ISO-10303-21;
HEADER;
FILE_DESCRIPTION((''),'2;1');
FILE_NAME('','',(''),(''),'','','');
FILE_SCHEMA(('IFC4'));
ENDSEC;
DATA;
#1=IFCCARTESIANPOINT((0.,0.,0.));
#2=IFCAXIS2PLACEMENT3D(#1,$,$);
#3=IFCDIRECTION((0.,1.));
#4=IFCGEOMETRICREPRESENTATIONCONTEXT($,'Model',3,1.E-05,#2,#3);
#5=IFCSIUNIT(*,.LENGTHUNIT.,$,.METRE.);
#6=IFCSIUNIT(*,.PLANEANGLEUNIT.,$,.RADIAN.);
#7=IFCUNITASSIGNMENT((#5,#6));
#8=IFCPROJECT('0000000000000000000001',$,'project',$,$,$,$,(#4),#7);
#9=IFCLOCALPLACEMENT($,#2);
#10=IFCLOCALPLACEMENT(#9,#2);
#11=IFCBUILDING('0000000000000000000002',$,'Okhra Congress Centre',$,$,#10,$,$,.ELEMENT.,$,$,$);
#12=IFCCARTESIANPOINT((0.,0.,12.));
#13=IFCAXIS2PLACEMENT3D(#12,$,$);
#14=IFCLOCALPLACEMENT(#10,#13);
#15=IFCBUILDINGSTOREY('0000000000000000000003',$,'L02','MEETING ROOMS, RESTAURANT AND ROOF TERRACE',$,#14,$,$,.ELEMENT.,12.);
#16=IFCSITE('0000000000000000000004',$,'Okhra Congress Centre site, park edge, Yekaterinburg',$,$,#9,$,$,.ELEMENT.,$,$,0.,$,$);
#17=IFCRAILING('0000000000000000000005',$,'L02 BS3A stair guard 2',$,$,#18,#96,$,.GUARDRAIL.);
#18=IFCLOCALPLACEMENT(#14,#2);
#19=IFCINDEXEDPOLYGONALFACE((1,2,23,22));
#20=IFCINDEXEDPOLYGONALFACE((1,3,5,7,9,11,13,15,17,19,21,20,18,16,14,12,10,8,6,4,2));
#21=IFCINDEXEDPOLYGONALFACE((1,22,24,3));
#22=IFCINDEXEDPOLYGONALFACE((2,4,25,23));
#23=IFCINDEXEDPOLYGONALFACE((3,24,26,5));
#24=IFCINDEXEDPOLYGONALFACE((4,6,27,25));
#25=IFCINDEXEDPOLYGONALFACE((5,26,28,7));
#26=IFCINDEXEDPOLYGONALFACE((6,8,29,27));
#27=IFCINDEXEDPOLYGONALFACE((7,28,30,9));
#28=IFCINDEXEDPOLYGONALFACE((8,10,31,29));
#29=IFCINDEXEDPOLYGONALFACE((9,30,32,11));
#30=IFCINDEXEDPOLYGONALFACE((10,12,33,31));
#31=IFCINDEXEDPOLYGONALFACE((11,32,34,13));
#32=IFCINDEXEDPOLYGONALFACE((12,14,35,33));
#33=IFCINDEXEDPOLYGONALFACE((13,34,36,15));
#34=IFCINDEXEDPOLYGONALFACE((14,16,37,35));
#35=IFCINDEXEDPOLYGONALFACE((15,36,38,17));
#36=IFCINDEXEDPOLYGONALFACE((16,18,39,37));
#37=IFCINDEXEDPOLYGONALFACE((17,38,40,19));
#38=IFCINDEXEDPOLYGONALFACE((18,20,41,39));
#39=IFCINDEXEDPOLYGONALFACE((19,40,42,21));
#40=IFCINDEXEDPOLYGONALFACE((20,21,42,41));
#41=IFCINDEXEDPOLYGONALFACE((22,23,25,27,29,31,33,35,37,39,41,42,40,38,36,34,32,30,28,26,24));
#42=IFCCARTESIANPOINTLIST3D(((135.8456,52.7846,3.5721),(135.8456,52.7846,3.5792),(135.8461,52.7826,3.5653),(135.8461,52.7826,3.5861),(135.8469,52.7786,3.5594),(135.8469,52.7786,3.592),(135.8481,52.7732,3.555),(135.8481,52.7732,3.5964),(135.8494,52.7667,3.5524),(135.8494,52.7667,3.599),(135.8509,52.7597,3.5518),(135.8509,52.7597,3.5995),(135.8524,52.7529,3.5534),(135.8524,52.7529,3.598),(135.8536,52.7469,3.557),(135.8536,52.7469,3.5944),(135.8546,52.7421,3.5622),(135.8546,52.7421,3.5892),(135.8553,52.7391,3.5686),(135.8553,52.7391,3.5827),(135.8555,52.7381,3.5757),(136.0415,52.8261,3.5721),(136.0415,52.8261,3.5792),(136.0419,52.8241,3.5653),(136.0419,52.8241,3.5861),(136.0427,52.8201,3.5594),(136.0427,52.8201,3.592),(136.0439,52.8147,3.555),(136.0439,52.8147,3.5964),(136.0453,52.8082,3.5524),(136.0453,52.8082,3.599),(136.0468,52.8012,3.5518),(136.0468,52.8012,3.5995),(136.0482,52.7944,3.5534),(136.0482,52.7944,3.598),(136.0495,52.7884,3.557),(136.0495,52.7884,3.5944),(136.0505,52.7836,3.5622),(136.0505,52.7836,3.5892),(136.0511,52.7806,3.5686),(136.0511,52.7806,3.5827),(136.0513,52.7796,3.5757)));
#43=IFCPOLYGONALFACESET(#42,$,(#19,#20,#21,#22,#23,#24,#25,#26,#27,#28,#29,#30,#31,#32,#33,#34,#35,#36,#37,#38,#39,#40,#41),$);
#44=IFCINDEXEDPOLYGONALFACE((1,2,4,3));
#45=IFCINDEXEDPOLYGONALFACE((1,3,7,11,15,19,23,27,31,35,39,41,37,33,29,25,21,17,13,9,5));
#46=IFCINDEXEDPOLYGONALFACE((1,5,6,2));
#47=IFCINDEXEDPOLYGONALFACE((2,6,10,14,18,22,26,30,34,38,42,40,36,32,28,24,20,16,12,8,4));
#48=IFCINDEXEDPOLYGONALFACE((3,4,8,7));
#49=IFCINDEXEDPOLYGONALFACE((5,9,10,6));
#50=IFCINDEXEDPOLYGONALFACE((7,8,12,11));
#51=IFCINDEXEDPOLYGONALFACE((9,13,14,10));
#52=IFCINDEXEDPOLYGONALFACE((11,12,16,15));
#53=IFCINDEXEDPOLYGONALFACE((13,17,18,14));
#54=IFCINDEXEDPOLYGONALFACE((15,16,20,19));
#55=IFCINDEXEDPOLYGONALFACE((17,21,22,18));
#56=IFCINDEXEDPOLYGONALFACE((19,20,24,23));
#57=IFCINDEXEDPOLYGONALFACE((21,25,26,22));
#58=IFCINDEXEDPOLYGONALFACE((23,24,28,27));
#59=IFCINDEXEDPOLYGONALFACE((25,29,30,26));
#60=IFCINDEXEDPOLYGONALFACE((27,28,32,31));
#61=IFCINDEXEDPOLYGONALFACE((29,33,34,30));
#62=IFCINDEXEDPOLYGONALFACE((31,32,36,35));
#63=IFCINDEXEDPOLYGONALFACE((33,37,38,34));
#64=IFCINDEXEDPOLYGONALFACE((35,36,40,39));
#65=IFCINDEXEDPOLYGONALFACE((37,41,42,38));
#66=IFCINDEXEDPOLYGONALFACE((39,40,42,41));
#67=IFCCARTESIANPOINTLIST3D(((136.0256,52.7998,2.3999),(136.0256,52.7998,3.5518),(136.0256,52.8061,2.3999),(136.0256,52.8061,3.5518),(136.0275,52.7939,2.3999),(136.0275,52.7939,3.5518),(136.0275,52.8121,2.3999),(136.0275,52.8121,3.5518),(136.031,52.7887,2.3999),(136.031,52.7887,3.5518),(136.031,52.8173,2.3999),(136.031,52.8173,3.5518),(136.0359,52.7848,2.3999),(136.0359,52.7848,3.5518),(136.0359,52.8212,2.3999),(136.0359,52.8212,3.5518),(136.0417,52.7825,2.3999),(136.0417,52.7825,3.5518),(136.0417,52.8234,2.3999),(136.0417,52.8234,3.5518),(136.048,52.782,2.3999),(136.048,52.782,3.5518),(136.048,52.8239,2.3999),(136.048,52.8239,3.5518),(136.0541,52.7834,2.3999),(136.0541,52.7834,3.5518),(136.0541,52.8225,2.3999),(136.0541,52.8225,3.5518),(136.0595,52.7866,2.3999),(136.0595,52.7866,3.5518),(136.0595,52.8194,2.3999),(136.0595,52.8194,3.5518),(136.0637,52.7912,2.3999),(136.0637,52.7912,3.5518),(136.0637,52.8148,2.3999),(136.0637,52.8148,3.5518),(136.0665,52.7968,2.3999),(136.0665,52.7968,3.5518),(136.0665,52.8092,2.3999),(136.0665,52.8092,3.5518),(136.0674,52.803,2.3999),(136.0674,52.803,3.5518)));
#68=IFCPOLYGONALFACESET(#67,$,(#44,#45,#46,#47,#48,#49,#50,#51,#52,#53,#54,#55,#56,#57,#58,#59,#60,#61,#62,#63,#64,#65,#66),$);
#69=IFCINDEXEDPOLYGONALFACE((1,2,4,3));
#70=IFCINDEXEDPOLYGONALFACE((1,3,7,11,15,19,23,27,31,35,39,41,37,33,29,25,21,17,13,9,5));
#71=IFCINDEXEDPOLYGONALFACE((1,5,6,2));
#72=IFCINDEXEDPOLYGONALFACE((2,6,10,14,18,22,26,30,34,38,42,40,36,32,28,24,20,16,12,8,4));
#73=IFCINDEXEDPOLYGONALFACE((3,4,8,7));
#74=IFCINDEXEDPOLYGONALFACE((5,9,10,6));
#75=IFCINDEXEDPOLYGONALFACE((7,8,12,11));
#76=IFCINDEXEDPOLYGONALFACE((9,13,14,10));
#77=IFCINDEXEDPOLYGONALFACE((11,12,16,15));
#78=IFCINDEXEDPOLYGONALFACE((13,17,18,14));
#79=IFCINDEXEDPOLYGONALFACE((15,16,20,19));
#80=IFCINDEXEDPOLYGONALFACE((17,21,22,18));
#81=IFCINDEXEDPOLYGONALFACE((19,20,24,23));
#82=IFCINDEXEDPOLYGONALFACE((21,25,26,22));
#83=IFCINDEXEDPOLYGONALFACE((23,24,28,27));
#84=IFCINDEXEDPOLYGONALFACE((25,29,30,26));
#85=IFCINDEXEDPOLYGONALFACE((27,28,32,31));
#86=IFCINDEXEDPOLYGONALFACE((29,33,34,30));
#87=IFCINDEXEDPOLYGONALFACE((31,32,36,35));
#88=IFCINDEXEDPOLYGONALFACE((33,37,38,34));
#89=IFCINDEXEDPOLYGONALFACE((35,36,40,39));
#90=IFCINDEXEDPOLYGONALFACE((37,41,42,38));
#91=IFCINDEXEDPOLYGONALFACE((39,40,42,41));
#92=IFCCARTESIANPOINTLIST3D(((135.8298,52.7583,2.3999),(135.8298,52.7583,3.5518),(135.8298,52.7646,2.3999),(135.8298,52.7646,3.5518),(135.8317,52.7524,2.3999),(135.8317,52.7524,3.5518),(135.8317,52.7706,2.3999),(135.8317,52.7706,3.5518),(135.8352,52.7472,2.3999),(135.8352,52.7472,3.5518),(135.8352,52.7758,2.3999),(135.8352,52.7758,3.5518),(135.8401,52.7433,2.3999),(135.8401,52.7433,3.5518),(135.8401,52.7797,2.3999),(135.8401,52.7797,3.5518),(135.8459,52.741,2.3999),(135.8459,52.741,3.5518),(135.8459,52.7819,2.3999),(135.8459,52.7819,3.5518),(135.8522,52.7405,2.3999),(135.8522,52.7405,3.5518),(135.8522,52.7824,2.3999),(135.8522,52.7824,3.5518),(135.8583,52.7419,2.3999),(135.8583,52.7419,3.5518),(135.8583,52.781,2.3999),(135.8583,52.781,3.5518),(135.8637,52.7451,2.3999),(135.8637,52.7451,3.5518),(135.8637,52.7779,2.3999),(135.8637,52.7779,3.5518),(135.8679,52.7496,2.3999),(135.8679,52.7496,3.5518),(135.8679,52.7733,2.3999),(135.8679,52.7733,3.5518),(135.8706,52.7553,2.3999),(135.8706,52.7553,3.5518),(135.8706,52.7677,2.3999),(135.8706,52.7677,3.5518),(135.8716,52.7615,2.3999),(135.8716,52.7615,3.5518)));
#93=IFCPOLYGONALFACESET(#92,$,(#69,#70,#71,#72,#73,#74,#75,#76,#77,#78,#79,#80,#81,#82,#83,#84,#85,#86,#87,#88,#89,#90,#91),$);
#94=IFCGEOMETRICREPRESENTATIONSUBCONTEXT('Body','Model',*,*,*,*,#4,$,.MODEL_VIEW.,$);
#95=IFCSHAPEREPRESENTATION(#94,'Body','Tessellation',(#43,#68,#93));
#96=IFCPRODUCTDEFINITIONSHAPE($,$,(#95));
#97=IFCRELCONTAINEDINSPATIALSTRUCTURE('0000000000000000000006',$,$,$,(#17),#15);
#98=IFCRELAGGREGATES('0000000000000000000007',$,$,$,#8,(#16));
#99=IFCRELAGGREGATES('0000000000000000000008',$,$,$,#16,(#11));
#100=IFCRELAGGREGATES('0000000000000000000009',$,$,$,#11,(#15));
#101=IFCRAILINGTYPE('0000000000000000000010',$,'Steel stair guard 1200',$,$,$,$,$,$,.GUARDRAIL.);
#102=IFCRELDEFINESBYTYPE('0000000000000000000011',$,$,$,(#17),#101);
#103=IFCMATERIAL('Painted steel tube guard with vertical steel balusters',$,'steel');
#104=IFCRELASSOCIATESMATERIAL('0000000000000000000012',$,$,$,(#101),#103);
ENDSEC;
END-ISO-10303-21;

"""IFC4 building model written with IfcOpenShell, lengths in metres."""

from ifc_helpers import new_model, si_unit, direction, frame, origin, origin_2d, place, context, subcontext, project, spatial, circle, extrude, material, type_object, element, save


model = new_model("IFC4")

# Units and contexts
model_context = context("Model", 3, precision=1e-05, world=origin(), true_north=direction((0.0, 1.0)))
body_context = subcontext(model_context, "Body", "Model", "MODEL_VIEW")
ifc_project = project(units=[si_unit("LENGTHUNIT", "METRE"), si_unit("PLANEANGLEUNIT", "RADIAN")], contexts=[model_context])

# Site, building, storey
site_placement = place(None, origin())
site = spatial("IfcSite", under=ifc_project, at=site_placement, Name="Okhra Congress Centre site, park edge, Yekaterinburg", CompositionType="ELEMENT", RefElevation=0.0)
building_placement = place(site_placement, origin())
building = spatial("IfcBuilding", under=site, at=building_placement, Name="Okhra Congress Centre", CompositionType="ELEMENT")
storey_placement = place(building_placement, frame((0.0, 0.0, 12.0)))
storey = spatial("IfcBuildingStorey", under=building, at=storey_placement, Name="L02", Description="MEETING ROOMS, RESTAURANT AND ROOF TERRACE", CompositionType="ELEMENT", Elevation=12.0)

# Railing
ifc_material_1 = material(Name="Painted steel tube guard with vertical steel balusters", Category="steel")
railing_type_1 = type_object("IfcRailingType", Name="Steel stair guard 1200", PredefinedType="GUARDRAIL", material=ifc_material_1)
railing_1_placement = place(storey_placement, frame((136.0464, 52.803, 2.3999)))
element("IfcRailing", 1, at=railing_1_placement, inside=storey, type_object=railing_type_1, Name="L02 BS3A stair guard 2", PredefinedType="GUARDRAIL", context=body_context, shape_type="SweptSolid", body=[
    extrude(circle(Radius=0.0239, at=origin_2d()), frame((0.0, 0.0, 1.1758), z_axis=(-0.978264, -0.207363, 0.0), x_axis=(0.207363, -0.978264, 0.0)), (0.0, 0.0, 1.0), 0.2002),
    extrude(circle(Radius=0.021, at=origin_2d()), origin(), (0.0, 0.0, 1.0), 1.1519),
    extrude(circle(Radius=0.021, at=origin_2d()), frame((-0.1958, -0.0415, 0.0)), (0.0, 0.0, 1.0), 1.1519),
])

save(model, "model.ifc")
